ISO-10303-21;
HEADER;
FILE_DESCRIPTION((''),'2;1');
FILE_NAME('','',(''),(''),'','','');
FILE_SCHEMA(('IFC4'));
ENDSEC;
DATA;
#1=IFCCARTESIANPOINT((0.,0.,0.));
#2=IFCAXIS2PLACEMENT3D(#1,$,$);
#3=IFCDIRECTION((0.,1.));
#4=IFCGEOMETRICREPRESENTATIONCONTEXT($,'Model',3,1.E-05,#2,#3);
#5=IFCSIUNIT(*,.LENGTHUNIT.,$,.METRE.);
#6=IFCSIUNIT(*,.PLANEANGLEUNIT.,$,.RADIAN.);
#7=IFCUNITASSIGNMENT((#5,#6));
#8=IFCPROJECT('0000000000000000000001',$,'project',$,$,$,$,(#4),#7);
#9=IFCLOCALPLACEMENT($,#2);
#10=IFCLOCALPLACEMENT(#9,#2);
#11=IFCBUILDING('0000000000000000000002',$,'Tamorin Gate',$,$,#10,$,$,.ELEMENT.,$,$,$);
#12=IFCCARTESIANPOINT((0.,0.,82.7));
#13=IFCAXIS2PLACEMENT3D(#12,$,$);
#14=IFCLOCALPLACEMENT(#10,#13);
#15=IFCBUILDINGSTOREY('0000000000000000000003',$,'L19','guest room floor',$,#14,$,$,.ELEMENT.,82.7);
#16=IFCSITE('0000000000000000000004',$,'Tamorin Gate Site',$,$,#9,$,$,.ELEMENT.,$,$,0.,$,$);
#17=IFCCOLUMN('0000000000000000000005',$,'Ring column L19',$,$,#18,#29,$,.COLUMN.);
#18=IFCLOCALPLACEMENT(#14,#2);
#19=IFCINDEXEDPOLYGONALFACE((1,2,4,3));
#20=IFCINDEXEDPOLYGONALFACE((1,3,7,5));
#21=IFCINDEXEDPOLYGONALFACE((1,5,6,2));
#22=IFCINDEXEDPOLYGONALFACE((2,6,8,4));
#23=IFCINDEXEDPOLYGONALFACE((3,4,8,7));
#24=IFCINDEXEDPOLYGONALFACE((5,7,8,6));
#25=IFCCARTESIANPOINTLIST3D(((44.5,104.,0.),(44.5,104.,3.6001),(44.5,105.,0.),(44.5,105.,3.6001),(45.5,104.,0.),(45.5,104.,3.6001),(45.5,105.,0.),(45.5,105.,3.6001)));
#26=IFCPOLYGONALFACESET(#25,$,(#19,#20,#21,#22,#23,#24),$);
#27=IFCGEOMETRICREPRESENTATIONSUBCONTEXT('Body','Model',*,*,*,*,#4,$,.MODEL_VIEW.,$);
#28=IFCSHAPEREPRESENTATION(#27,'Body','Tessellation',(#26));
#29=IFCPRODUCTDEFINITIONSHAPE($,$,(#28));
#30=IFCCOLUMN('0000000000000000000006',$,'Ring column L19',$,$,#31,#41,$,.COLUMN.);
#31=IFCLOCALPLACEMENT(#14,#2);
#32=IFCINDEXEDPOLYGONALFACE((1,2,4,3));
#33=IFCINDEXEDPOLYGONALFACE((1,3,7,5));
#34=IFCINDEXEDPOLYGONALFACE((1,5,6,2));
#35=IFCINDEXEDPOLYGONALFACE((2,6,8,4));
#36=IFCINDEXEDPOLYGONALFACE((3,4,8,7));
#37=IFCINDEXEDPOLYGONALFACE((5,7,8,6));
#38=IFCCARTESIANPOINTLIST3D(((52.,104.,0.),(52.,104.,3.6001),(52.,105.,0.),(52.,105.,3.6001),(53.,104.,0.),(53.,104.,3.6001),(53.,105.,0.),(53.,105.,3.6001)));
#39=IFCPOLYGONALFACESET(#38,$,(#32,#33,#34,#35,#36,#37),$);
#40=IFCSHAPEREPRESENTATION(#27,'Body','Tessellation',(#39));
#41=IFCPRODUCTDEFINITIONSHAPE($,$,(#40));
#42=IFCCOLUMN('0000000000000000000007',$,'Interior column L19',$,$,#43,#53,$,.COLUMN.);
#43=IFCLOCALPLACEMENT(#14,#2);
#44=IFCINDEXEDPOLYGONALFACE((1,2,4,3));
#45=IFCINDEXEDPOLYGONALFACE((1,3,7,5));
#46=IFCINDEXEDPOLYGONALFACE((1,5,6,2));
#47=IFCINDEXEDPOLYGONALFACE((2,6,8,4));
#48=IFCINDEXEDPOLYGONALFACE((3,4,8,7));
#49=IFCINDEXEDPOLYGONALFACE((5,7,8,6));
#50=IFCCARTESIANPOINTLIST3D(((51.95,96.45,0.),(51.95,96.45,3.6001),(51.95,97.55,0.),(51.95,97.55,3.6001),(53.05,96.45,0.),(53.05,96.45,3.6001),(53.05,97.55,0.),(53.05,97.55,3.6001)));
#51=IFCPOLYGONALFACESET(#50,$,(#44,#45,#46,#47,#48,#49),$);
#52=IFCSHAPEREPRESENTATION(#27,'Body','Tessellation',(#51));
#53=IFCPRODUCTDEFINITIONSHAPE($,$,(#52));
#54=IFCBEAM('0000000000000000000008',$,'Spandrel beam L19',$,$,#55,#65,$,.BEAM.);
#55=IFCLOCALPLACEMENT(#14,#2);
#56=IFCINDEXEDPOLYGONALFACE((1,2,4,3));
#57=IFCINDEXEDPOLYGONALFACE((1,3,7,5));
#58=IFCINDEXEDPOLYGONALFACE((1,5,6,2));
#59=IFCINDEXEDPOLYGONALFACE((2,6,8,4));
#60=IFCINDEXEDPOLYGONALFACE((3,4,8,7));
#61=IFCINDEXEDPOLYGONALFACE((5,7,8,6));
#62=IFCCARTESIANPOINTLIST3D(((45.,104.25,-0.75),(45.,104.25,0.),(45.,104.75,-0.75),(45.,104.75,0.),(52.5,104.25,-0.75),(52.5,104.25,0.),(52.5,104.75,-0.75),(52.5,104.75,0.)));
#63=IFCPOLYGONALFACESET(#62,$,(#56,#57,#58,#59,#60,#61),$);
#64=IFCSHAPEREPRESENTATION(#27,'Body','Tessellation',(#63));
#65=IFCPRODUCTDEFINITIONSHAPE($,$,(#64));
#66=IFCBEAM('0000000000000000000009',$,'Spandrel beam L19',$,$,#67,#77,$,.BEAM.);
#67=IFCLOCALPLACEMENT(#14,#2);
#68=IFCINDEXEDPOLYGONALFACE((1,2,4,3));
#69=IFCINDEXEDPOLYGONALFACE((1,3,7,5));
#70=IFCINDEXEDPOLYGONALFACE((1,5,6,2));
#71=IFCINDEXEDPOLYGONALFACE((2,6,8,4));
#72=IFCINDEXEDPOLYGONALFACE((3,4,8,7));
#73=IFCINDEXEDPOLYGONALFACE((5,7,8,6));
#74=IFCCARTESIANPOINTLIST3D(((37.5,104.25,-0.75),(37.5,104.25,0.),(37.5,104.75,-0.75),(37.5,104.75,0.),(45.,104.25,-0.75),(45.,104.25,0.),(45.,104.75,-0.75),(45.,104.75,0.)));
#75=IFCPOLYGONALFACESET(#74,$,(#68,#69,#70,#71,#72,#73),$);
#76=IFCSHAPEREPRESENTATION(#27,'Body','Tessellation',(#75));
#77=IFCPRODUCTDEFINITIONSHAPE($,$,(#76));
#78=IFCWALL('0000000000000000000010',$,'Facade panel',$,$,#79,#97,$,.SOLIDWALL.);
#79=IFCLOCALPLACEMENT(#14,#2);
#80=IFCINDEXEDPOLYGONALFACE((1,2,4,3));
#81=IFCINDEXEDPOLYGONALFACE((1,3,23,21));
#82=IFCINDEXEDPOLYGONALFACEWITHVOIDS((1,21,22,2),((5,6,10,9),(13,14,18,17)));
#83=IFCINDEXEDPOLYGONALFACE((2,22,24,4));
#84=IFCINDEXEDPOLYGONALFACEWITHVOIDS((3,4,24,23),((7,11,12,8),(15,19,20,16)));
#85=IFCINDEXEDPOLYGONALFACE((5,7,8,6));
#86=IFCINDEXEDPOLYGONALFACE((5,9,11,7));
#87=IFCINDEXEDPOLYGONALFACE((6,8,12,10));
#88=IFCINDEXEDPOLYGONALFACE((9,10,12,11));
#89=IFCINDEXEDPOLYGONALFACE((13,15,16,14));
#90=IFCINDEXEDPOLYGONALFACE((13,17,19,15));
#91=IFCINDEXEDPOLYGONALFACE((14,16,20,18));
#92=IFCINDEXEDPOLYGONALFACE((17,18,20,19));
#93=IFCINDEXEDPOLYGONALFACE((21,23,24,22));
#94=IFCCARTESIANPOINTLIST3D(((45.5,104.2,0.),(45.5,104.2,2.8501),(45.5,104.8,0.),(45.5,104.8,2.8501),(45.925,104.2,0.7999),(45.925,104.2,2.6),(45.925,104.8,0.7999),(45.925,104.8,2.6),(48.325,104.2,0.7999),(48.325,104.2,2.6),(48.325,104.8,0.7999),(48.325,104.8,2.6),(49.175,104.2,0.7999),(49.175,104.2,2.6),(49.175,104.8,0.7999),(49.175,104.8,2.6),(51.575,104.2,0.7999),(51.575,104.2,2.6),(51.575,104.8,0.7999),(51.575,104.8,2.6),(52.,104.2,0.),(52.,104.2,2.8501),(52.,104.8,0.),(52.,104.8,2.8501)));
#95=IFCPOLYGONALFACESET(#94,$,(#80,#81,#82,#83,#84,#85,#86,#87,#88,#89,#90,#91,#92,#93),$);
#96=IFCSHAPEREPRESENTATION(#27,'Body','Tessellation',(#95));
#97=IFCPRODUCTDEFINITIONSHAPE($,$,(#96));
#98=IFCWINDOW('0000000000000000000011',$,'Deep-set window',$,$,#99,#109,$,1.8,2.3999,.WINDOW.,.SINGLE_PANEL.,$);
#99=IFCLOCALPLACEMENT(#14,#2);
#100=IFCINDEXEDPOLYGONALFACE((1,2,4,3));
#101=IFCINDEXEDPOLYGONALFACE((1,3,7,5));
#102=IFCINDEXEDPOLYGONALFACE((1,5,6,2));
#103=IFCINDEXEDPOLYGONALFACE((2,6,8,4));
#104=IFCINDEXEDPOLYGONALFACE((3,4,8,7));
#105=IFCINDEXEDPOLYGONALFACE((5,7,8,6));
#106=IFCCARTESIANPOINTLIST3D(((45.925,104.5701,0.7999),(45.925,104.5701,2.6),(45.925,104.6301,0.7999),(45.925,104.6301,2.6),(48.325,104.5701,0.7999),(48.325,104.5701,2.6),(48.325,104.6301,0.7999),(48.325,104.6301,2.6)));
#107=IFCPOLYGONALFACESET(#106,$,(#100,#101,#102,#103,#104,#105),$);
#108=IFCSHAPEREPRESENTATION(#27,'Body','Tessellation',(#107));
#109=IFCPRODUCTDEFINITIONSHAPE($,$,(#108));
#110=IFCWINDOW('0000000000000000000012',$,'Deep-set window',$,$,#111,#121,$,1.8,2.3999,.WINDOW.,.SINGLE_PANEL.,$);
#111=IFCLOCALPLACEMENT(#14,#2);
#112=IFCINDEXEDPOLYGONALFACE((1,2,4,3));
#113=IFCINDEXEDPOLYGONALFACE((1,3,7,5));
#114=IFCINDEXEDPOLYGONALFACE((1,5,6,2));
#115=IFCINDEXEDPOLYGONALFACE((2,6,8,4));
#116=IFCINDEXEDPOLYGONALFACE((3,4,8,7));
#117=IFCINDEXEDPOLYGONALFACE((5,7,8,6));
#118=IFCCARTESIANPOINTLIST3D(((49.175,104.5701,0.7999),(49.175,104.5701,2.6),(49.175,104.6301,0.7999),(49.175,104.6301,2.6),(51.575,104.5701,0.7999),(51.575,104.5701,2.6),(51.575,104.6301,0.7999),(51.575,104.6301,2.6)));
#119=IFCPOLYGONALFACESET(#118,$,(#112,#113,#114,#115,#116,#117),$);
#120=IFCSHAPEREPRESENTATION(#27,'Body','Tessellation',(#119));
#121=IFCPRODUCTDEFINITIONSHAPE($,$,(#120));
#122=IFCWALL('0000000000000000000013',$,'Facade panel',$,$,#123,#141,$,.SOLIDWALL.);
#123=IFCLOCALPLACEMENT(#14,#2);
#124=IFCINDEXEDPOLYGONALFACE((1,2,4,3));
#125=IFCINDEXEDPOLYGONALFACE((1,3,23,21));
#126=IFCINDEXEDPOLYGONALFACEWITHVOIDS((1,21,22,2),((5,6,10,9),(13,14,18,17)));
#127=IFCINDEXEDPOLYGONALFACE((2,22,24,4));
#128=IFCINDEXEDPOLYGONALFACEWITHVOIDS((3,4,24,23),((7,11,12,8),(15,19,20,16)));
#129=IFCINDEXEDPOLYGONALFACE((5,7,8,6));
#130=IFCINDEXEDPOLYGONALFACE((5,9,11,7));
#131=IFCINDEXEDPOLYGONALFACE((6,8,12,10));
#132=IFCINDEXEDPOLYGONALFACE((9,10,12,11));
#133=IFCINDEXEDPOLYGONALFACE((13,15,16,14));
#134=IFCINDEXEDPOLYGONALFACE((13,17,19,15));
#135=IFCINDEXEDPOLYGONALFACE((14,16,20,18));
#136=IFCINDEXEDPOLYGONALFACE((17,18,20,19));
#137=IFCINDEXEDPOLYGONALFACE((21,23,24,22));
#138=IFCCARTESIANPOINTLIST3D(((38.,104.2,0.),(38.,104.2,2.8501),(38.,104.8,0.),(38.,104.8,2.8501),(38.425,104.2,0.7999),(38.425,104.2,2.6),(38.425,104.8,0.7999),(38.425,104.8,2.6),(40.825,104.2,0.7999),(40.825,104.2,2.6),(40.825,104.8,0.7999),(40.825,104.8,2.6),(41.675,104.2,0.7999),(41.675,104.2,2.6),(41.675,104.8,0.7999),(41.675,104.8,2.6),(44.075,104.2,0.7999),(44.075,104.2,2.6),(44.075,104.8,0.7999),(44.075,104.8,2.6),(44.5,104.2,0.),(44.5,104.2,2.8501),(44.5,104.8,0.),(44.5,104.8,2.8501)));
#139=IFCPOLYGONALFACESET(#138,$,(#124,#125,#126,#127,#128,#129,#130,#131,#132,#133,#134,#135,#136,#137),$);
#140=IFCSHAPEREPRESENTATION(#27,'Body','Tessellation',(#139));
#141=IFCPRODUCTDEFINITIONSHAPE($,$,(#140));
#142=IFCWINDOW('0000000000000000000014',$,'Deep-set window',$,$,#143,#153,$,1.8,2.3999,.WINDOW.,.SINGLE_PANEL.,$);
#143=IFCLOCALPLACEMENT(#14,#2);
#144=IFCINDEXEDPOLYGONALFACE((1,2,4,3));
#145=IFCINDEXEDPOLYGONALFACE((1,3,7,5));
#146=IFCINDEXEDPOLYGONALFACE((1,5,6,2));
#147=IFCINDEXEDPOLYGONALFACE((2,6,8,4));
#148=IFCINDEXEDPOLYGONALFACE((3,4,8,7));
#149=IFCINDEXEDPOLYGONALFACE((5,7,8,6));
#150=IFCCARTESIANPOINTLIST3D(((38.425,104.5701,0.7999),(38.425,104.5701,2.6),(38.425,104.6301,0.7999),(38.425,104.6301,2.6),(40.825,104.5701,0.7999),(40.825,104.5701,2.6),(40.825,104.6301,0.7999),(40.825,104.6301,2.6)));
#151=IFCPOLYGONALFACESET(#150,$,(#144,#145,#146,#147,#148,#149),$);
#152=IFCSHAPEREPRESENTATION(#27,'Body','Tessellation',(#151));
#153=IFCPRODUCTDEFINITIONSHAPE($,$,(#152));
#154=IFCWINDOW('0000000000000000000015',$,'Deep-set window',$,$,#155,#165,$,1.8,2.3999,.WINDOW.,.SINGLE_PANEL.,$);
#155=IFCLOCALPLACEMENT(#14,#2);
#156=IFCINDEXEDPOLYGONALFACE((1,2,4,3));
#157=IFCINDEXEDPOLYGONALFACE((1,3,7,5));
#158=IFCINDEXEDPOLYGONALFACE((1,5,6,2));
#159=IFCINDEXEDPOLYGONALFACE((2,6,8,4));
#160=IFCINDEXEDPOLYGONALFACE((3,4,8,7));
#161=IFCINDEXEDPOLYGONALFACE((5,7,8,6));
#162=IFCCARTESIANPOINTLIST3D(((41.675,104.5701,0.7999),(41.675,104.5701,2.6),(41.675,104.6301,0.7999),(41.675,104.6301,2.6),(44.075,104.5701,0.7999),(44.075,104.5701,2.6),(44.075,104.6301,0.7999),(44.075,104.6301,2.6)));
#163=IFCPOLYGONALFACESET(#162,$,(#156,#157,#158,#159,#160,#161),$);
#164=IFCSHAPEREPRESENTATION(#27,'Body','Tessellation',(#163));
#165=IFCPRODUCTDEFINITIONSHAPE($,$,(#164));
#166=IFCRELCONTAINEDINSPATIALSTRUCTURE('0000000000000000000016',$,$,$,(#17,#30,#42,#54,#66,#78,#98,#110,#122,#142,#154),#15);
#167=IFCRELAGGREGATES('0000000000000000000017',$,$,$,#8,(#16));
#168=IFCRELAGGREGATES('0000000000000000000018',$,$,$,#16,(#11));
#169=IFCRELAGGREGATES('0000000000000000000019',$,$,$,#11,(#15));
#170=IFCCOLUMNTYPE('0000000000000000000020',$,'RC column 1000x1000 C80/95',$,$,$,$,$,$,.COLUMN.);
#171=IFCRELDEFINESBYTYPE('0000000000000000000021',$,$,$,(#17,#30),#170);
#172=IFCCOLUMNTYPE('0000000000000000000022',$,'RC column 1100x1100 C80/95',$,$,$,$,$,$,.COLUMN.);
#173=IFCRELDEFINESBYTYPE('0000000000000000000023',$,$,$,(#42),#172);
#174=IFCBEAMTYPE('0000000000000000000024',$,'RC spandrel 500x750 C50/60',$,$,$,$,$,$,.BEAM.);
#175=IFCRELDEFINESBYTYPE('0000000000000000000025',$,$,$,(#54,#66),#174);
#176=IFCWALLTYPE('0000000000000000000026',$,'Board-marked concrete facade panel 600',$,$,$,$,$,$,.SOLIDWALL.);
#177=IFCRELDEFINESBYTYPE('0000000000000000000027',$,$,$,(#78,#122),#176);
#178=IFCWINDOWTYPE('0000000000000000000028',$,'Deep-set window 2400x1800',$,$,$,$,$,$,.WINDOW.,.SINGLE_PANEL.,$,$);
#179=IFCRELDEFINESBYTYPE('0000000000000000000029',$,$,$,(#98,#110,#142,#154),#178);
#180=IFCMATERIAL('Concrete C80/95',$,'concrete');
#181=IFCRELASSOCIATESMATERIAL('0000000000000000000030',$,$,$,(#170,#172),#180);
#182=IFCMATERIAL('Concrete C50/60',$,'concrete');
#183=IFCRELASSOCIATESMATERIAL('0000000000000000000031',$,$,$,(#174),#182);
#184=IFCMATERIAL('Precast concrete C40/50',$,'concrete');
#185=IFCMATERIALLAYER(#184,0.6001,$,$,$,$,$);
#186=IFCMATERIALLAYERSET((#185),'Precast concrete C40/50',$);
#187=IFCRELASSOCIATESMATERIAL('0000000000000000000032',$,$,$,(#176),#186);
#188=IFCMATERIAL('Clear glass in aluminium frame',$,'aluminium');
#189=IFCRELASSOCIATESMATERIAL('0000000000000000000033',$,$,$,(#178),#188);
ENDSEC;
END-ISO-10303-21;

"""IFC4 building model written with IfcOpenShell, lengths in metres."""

from ifc_helpers import new_model, si_unit, direction, frame, frame_2d, origin, origin_2d, place, context, subcontext, project, spatial, rectangle, extrude, material, layer, layer_set, material_profile, profile_set, type_object, element, fill, save


model = new_model("IFC4")

# Units and contexts
model_context = context("Model", 3, precision=1e-05, world=origin(), true_north=direction((0.0, 1.0)))
body_context = subcontext(model_context, "Body", "Model", "MODEL_VIEW")
ifc_project = project(units=[si_unit("LENGTHUNIT", "METRE"), si_unit("PLANEANGLEUNIT", "RADIAN")], contexts=[model_context])

# Site, building, storey
site_placement = place(None, origin())
site = spatial("IfcSite", under=ifc_project, at=site_placement, Name="Tamorin Gate Site", CompositionType="ELEMENT", RefElevation=0.0)
building_placement = place(site_placement, origin())
building = spatial("IfcBuilding", under=site, at=building_placement, Name="Tamorin Gate", CompositionType="ELEMENT")
storey_placement = place(building_placement, frame((0.0, 0.0, 82.7)))
storey = spatial("IfcBuildingStorey", under=building, at=storey_placement, Name="L19", Description="guest room floor", CompositionType="ELEMENT", Elevation=82.7)

# Columns
ifc_material_1 = material(Name="Concrete C80/95", Category="concrete")
ifc_material_profile_1 = material_profile(ifc_material_1, rectangle(XDim=1.0, YDim=1.0, at=origin_2d()), Name="RC 1000x1000")
ifc_profile_set_1 = profile_set([ifc_material_profile_1], Name="Concrete C80/95")
column_type_1 = type_object("IfcColumnType", Name="RC column 1000x1000 C80/95", PredefinedType="COLUMN", material=ifc_profile_set_1)
for number, where, z_axis, x_axis, name in (
    (1, (45.0, 104.5, 0.0), (0.0, 0.0, 1.0), (1.0, 0.0, 0.0), "Ring column L19"),
    (2, (52.5, 104.5, 0.0), (0.0, 0.0, 1.0), (1.0, 0.0, 0.0), "Ring column L19"),
):
    element("IfcColumn", number, at=place(storey_placement, frame(where, z_axis=z_axis, x_axis=x_axis)), inside=storey, type_object=column_type_1, Name=name, PredefinedType="COLUMN", context=body_context, shape_type="SweptSolid", body=[
        extrude(rectangle(XDim=1.0, YDim=1.0, at=origin_2d()), origin(), (0.0, 0.0, 1.0), 3.6001),
    ])
ifc_material_profile_2 = material_profile(ifc_material_1, rectangle(XDim=1.1001, YDim=1.1001, at=origin_2d()), Name="RC 1100x1100")
ifc_profile_set_2 = profile_set([ifc_material_profile_2], Name="Concrete C80/95")
column_type_2 = type_object("IfcColumnType", Name="RC column 1100x1100 C80/95", PredefinedType="COLUMN", material=ifc_profile_set_2)
column_placement = place(storey_placement, frame((52.5, 97.0, 0.0), z_axis=(0.0, 0.0, 1.0), x_axis=(1.0, 0.0, 0.0)))
element("IfcColumn", 3, at=column_placement, inside=storey, type_object=column_type_2, Name="Interior column L19", PredefinedType="COLUMN", context=body_context, shape_type="SweptSolid", body=[
    extrude(rectangle(XDim=1.1001, YDim=1.1001, at=origin_2d()), origin(), (0.0, 0.0, 1.0), 3.6001),
])

# Beams
ifc_material_2 = material(Name="Concrete C50/60", Category="concrete")
ifc_material_profile_3 = material_profile(ifc_material_2, rectangle(XDim=0.5, YDim=0.75, at=origin_2d()), Name="RC 500x750")
ifc_profile_set_3 = profile_set([ifc_material_profile_3], Name="Concrete C50/60")
beam_type = type_object("IfcBeamType", Name="RC spandrel 500x750 C50/60", PredefinedType="BEAM", material=ifc_profile_set_3)
for number, where, z_axis, x_axis, name in (
    (4, (52.5, 104.5, -0.375), (-1.0, 0.0, 0.0), (0.0, -1.0, 0.0), "Spandrel beam L19"),
    (5, (45.0, 104.5, -0.375), (-1.0, 0.0, 0.0), (0.0, -1.0, 0.0), "Spandrel beam L19"),
):
    element("IfcBeam", number, at=place(storey_placement, frame(where, z_axis=z_axis, x_axis=x_axis)), inside=storey, type_object=beam_type, Name=name, PredefinedType="BEAM", context=body_context, shape_type="SweptSolid", body=[
        extrude(rectangle(XDim=0.5, YDim=0.75, at=origin_2d()), origin(), (0.0, 0.0, 1.0), 7.5),
    ])

# Walls, openings, windows
ifc_material_3 = material(Name="Precast concrete C40/50", Category="concrete")
ifc_layer_1 = layer(ifc_material_3, 0.6001)
ifc_layer_set_1 = layer_set([ifc_layer_1], Name="Precast concrete C40/50")
wall_type_1 = type_object("IfcWallType", Name="Board-marked concrete facade panel 600", PredefinedType="SOLIDWALL", material=ifc_layer_set_1)
wall_1_placement = place(storey_placement, frame((52.0, 104.5, 0.0), z_axis=(0.0, 0.0, 1.0), x_axis=(-1.0, 0.0, 0.0)))
wall_1 = element("IfcWall", 6, at=wall_1_placement, inside=storey, type_object=wall_type_1, Name="Facade panel", PredefinedType="SOLIDWALL", context=body_context, shape_type="SweptSolid", body=[
    extrude(rectangle(XDim=6.5, YDim=0.6001, at=frame_2d((3.25, 0.0))), origin(), (0.0, 0.0, 1.0), 2.8501),
])
opening_1_placement = place(wall_1_placement, frame((3.675, 0.0, 0.8)))
opening_1 = element("IfcOpeningElement", 7, at=opening_1_placement, cuts=wall_1, PredefinedType="OPENING", context=body_context, shape_type="SweptSolid", body=[
    extrude(rectangle(XDim=2.3999, YDim=1.8, at=frame_2d((1.2, 0.8999))), frame((0.0, 0.3101, 0.0), z_axis=(0.0, -1.0, 0.0), x_axis=(1.0, 0.0, 0.0)), (0.0, 0.0, 1.0), 0.6201),
])
opening_2_placement = place(wall_1_placement, frame((0.425, 0.0, 0.8)))
opening_2 = element("IfcOpeningElement", 8, at=opening_2_placement, cuts=wall_1, PredefinedType="OPENING", context=body_context, shape_type="SweptSolid", body=[
    extrude(rectangle(XDim=2.3999, YDim=1.8, at=frame_2d((1.2, 0.8999))), frame((0.0, 0.3101, 0.0), z_axis=(0.0, -1.0, 0.0), x_axis=(1.0, 0.0, 0.0)), (0.0, 0.0, 1.0), 0.6201),
])
ifc_material_4 = material(Name="Clear glass in aluminium frame", Category="aluminium")
window_type = type_object("IfcWindowType", Name="Deep-set window 2400x1800", PartitioningType="SINGLE_PANEL", PredefinedType="WINDOW", material=ifc_material_4)
window_1_placement = place(opening_1_placement, origin())
window_1 = element("IfcWindow", 9, at=window_1_placement, inside=storey, type_object=window_type, Name="Deep-set window", OverallHeight=1.8, OverallWidth=2.3999, PartitioningType="SINGLE_PANEL", PredefinedType="WINDOW", context=body_context, shape_type="SweptSolid", body=[
    extrude(rectangle(XDim=2.3999, YDim=1.8, at=frame_2d((1.2, 0.8999))), frame((0.0, -0.0701, 0.0), z_axis=(0.0, -1.0, 0.0), x_axis=(1.0, 0.0, 0.0)), (0.0, 0.0, 1.0), 0.0601),
])
fill(opening_1, window_1)
window_2_placement = place(opening_2_placement, origin())
window_2 = element("IfcWindow", 10, at=window_2_placement, inside=storey, type_object=window_type, Name="Deep-set window", OverallHeight=1.8, OverallWidth=2.3999, PartitioningType="SINGLE_PANEL", PredefinedType="WINDOW", context=body_context, shape_type="SweptSolid", body=[
    extrude(rectangle(XDim=2.3999, YDim=1.8, at=frame_2d((1.2, 0.8999))), frame((0.0, -0.0701, 0.0), z_axis=(0.0, -1.0, 0.0), x_axis=(1.0, 0.0, 0.0)), (0.0, 0.0, 1.0), 0.0601),
])
fill(opening_2, window_2)
wall_2_placement = place(storey_placement, frame((44.5, 104.5, 0.0), z_axis=(0.0, 0.0, 1.0), x_axis=(-1.0, 0.0, 0.0)))
wall_2 = element("IfcWall", 11, at=wall_2_placement, inside=storey, type_object=wall_type_1, Name="Facade panel", PredefinedType="SOLIDWALL", context=body_context, shape_type="SweptSolid", body=[
    extrude(rectangle(XDim=6.5, YDim=0.6001, at=frame_2d((3.25, 0.0))), origin(), (0.0, 0.0, 1.0), 2.8501),
])
opening_3_placement = place(wall_2_placement, frame((3.675, 0.0, 0.8)))
opening_3 = element("IfcOpeningElement", 12, at=opening_3_placement, cuts=wall_2, PredefinedType="OPENING", context=body_context, shape_type="SweptSolid", body=[
    extrude(rectangle(XDim=2.3999, YDim=1.8, at=frame_2d((1.2, 0.8999))), frame((0.0, 0.3101, 0.0), z_axis=(0.0, -1.0, 0.0), x_axis=(1.0, 0.0, 0.0)), (0.0, 0.0, 1.0), 0.6201),
])
opening_4_placement = place(wall_2_placement, frame((0.425, 0.0, 0.8)))
opening_4 = element("IfcOpeningElement", 13, at=opening_4_placement, cuts=wall_2, PredefinedType="OPENING", context=body_context, shape_type="SweptSolid", body=[
    extrude(rectangle(XDim=2.3999, YDim=1.8, at=frame_2d((1.2, 0.8999))), frame((0.0, 0.3101, 0.0), z_axis=(0.0, -1.0, 0.0), x_axis=(1.0, 0.0, 0.0)), (0.0, 0.0, 1.0), 0.6201),
])
window_3_placement = place(opening_3_placement, origin())
window_3 = element("IfcWindow", 14, at=window_3_placement, inside=storey, type_object=window_type, Name="Deep-set window", OverallHeight=1.8, OverallWidth=2.3999, PartitioningType="SINGLE_PANEL", PredefinedType="WINDOW", context=body_context, shape_type="SweptSolid", body=[
    extrude(rectangle(XDim=2.3999, YDim=1.8, at=frame_2d((1.2, 0.8999))), frame((0.0, -0.0701, 0.0), z_axis=(0.0, -1.0, 0.0), x_axis=(1.0, 0.0, 0.0)), (0.0, 0.0, 1.0), 0.0601),
])
fill(opening_3, window_3)
window_4_placement = place(opening_4_placement, origin())
window_4 = element("IfcWindow", 15, at=window_4_placement, inside=storey, type_object=window_type, Name="Deep-set window", OverallHeight=1.8, OverallWidth=2.3999, PartitioningType="SINGLE_PANEL", PredefinedType="WINDOW", context=body_context, shape_type="SweptSolid", body=[
    extrude(rectangle(XDim=2.3999, YDim=1.8, at=frame_2d((1.2, 0.8999))), frame((0.0, -0.0701, 0.0), z_axis=(0.0, -1.0, 0.0), x_axis=(1.0, 0.0, 0.0)), (0.0, 0.0, 1.0), 0.0601),
])
fill(opening_4, window_4)

save(model, "model.ifc")
